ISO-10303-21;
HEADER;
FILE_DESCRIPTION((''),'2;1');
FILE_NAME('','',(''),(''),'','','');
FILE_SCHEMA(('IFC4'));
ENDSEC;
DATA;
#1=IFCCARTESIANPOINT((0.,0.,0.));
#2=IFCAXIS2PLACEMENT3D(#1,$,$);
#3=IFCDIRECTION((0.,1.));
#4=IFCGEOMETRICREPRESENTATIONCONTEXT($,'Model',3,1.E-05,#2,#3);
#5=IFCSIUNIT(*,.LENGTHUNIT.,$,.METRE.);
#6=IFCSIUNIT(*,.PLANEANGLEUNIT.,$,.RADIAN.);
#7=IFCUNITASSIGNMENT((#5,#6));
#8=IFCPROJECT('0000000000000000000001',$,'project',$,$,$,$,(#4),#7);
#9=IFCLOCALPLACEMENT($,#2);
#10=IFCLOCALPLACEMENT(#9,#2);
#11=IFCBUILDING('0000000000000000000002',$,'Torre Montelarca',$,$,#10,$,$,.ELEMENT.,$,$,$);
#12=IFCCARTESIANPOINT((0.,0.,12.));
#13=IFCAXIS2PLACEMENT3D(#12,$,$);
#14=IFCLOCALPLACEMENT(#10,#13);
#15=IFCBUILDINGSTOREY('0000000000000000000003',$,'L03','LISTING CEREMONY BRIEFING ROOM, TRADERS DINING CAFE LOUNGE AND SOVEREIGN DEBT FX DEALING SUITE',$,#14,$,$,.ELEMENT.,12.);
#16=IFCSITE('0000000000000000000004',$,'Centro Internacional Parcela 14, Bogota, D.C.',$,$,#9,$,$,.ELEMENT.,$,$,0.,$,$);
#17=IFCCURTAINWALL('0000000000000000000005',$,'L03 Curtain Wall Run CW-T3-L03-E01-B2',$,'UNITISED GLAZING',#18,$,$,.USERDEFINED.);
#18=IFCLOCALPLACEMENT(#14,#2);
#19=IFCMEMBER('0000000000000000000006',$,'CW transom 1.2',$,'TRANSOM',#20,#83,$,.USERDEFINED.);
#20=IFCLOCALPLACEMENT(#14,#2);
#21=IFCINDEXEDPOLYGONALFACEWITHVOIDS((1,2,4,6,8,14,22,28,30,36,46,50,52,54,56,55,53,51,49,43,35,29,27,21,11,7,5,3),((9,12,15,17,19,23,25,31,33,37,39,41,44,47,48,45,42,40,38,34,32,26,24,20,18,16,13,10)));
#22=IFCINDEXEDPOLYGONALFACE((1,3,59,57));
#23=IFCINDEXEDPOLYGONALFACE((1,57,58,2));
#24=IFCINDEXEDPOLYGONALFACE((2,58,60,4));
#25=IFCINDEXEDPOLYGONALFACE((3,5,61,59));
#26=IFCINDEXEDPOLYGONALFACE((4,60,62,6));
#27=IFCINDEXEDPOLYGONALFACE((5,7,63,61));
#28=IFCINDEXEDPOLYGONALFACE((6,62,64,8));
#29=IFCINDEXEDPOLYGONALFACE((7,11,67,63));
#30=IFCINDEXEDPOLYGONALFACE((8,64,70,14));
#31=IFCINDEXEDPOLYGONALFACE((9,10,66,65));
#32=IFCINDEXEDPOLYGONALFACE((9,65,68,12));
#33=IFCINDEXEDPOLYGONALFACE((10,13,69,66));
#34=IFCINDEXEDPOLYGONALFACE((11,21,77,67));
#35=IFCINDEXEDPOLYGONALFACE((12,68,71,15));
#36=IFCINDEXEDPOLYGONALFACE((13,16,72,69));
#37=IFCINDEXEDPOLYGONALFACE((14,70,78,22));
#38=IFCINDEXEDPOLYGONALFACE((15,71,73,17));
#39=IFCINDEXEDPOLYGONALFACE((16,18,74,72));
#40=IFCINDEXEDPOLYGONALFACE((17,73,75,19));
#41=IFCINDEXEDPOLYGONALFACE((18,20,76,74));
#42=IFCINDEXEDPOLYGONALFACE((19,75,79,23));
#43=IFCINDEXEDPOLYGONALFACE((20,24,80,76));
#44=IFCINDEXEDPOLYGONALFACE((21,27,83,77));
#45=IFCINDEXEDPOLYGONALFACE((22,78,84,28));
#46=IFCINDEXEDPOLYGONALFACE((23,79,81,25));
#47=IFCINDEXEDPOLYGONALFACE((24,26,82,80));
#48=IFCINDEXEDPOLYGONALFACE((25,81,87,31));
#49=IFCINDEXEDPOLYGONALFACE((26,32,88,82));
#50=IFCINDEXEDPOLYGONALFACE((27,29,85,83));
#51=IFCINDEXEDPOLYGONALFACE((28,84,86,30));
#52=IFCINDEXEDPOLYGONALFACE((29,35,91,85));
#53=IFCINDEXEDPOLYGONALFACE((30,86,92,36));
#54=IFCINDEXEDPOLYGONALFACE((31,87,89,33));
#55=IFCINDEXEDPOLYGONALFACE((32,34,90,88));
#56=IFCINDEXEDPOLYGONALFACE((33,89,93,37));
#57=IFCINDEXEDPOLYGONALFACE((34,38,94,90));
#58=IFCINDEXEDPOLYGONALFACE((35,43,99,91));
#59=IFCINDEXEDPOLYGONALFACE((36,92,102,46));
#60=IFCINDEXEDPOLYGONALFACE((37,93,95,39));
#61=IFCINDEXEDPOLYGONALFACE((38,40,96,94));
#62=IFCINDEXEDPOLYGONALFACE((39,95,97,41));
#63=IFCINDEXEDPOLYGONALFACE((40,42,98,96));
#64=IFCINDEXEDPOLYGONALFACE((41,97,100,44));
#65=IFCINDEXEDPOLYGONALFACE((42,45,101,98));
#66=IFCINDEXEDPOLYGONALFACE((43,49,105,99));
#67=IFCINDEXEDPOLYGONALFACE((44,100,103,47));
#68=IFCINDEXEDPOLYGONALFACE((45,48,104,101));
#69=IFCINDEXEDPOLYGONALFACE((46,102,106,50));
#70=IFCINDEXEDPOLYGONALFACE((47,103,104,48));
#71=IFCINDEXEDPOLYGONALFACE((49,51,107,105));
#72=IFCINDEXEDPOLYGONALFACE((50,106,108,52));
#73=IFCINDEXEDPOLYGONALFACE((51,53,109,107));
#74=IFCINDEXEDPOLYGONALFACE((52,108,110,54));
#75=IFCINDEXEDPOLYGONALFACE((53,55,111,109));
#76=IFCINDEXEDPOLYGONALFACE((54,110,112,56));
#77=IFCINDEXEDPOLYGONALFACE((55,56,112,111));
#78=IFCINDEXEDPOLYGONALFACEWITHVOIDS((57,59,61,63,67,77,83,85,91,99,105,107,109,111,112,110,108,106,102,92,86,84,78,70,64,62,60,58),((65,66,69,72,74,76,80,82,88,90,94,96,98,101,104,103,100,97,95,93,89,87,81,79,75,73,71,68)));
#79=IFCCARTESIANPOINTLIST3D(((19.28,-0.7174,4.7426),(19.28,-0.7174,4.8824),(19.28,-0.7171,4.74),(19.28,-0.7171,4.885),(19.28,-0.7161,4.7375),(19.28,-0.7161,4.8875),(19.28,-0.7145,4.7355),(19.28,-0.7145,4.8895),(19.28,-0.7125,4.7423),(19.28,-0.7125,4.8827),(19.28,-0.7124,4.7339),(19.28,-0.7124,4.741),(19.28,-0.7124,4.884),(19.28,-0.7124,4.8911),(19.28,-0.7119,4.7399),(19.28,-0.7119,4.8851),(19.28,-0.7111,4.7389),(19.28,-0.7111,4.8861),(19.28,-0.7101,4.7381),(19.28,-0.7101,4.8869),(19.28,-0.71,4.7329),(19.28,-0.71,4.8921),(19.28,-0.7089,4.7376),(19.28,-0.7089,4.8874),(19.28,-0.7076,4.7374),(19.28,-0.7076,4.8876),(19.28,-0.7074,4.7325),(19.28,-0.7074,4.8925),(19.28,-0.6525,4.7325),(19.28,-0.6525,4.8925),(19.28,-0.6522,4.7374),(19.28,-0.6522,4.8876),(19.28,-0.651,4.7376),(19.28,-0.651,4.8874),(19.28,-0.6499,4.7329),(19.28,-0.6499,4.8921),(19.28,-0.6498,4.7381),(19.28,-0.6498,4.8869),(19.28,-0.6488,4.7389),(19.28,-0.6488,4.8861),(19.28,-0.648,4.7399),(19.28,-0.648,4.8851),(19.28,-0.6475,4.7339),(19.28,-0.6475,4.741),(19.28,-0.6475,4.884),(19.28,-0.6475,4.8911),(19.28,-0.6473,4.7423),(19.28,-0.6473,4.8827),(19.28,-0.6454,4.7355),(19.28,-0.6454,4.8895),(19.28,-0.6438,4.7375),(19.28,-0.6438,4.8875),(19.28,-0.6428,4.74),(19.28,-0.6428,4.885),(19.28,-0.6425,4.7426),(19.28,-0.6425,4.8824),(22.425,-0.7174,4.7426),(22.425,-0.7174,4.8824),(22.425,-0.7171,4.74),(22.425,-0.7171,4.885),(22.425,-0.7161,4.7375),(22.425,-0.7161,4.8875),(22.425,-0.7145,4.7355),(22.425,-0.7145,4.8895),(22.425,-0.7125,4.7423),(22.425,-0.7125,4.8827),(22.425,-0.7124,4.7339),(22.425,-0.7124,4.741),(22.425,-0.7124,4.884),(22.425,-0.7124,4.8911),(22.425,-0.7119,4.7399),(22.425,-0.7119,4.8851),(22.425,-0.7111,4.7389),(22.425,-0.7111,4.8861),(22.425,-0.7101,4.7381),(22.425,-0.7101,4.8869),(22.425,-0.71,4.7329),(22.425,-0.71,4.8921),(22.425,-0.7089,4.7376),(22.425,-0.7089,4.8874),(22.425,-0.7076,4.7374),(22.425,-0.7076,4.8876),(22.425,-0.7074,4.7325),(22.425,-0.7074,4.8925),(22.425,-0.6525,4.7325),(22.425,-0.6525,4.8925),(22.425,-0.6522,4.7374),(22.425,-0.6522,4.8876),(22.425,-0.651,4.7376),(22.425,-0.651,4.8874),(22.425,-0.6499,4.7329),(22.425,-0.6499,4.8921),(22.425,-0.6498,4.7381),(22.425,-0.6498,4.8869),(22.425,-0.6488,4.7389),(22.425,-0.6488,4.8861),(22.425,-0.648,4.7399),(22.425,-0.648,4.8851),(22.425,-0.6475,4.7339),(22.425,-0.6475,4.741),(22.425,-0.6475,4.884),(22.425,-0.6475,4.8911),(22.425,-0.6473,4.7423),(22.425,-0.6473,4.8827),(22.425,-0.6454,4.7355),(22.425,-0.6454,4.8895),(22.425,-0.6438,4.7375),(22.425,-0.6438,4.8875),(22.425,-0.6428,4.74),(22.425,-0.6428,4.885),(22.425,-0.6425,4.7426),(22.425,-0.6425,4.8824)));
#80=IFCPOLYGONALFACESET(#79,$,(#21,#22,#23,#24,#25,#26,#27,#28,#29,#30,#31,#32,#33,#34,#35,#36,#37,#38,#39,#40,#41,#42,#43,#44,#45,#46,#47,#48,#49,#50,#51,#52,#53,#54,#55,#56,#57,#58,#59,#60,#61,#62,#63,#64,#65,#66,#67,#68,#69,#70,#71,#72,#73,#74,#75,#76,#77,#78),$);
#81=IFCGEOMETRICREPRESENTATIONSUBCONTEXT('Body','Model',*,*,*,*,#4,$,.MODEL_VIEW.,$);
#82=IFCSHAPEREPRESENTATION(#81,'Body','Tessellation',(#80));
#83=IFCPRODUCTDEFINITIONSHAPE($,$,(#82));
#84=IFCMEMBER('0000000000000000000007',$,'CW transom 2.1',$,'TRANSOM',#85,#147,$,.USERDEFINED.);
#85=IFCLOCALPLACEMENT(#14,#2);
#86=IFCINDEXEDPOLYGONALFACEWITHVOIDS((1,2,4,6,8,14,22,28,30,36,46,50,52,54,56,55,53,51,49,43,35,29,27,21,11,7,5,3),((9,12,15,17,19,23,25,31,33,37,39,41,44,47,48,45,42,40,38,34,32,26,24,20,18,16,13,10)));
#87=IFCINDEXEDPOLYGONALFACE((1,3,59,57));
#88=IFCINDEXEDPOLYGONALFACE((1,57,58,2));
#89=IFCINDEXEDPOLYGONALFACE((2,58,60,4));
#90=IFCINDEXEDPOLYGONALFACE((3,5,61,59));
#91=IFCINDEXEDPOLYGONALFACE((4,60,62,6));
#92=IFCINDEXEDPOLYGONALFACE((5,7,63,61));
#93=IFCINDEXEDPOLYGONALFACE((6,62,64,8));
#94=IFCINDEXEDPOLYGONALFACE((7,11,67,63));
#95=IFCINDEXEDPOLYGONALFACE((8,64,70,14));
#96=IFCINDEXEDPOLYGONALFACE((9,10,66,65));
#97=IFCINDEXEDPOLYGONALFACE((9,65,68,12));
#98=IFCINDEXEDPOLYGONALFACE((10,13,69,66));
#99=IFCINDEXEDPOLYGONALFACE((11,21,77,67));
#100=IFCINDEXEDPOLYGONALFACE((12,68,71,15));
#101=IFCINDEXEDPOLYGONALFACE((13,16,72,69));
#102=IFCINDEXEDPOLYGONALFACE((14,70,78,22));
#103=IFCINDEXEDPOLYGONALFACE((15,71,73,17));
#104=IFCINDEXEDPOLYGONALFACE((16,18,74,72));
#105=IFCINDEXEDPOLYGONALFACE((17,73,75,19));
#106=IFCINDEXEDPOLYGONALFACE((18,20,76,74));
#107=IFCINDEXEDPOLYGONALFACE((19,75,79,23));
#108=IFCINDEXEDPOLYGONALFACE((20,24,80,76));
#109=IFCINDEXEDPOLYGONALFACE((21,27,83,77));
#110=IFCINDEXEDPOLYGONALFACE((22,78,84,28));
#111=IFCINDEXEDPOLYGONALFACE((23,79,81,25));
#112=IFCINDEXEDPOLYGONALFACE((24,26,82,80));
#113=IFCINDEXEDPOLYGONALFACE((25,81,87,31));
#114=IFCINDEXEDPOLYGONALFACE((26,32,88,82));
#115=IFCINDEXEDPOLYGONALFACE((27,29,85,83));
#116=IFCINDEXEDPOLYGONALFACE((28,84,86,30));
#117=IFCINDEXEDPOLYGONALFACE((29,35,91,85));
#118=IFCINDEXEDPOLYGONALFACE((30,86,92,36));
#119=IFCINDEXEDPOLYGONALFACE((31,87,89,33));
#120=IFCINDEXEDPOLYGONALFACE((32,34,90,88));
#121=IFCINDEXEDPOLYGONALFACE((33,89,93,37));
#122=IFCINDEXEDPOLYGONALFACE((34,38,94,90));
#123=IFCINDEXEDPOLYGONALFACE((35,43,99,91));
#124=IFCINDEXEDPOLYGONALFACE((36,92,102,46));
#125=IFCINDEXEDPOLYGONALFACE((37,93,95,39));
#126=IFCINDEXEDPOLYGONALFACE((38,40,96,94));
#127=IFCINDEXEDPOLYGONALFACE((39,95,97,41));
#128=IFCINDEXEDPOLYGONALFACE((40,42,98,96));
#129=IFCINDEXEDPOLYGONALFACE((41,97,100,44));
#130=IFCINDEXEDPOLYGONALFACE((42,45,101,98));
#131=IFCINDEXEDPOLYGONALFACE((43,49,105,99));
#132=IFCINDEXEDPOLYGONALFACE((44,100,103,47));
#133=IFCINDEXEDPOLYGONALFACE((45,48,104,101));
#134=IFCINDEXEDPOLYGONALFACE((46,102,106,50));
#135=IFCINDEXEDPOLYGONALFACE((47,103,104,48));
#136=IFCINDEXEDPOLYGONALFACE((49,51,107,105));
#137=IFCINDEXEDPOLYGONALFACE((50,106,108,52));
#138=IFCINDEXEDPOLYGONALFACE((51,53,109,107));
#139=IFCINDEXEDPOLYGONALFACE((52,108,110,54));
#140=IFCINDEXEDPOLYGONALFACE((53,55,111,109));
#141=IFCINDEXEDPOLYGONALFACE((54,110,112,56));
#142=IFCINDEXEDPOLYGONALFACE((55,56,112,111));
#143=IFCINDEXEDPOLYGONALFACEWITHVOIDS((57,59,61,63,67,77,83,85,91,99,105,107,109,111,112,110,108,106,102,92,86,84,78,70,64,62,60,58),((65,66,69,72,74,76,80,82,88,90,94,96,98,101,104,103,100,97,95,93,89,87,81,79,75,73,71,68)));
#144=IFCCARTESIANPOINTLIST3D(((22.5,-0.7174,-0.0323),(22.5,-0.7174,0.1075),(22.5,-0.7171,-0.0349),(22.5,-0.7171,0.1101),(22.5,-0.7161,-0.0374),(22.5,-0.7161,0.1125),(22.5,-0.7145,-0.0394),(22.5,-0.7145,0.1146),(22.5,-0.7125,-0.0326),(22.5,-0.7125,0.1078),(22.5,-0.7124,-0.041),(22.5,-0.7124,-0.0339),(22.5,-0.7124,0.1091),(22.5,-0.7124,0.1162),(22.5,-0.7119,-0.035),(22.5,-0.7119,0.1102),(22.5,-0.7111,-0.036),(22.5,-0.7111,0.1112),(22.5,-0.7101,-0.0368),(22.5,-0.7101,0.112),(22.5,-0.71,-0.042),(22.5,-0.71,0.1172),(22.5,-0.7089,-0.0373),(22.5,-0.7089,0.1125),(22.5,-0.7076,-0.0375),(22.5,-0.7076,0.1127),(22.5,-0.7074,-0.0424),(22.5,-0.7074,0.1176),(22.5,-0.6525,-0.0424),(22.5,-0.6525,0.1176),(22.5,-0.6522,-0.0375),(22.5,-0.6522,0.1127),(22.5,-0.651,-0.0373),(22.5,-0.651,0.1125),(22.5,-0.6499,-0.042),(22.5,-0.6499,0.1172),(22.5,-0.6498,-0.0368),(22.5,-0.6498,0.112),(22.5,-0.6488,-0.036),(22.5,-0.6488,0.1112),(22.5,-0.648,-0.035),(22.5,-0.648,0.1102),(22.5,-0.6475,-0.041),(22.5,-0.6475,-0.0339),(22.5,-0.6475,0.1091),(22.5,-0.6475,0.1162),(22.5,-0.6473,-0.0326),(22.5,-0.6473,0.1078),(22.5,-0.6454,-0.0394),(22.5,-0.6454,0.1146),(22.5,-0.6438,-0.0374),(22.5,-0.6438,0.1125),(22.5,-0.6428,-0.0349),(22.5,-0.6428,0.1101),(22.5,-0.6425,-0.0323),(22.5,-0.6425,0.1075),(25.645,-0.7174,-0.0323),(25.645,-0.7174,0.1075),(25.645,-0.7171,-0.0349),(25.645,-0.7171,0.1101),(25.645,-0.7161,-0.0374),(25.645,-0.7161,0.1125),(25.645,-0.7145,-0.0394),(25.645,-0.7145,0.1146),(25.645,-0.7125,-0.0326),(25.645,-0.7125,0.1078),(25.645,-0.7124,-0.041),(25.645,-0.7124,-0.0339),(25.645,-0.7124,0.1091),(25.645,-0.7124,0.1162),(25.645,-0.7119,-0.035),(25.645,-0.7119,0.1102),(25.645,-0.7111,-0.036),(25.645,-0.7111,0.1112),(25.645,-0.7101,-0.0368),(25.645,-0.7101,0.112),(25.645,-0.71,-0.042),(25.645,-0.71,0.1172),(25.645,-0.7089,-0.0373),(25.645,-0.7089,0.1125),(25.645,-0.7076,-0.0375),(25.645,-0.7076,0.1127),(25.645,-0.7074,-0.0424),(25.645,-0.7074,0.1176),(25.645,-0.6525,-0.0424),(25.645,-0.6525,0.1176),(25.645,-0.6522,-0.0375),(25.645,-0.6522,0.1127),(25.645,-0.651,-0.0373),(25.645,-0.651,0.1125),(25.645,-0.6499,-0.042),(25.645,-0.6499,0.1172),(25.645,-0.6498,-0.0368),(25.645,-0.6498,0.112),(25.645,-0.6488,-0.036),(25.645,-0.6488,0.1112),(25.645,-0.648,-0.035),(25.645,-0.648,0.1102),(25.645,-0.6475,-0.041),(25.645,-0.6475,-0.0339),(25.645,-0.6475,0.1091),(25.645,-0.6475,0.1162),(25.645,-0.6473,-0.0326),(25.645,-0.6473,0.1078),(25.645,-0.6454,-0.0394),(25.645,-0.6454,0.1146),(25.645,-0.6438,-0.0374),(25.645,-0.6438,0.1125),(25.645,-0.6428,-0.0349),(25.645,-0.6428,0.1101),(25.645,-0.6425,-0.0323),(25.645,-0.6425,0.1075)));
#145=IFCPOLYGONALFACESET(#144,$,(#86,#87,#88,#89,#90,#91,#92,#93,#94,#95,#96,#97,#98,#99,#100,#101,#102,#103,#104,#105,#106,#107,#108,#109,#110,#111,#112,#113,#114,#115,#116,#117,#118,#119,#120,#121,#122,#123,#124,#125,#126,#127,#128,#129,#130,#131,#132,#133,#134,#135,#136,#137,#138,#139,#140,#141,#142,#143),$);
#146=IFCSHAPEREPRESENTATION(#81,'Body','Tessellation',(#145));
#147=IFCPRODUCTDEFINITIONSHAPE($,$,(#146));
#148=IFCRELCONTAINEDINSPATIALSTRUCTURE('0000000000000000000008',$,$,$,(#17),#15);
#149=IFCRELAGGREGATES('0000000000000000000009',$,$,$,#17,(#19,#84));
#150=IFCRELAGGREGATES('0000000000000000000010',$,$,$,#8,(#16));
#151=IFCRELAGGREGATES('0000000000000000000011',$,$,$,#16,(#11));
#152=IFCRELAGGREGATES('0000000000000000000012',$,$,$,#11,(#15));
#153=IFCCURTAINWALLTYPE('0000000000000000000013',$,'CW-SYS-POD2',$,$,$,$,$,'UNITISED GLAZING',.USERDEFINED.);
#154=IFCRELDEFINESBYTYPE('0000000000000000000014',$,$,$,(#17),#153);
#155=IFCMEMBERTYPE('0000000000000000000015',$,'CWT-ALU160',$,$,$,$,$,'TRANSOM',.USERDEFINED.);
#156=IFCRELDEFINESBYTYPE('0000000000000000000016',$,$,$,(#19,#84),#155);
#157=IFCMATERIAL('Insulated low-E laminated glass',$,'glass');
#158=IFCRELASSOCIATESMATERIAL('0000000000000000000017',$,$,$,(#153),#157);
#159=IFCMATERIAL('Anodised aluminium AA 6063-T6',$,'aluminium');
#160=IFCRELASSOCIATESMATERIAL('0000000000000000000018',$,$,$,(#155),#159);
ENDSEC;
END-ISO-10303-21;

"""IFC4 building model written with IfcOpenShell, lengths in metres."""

from ifc_helpers import new_model, si_unit, direction, frame, origin, origin_2d, place, context, subcontext, project, spatial, hollow_rectangle, extrude, source, transform, mapped, material, material_profile, profile_set, type_object, element, aggregate, save


model = new_model("IFC4")

# Units and contexts
model_context = context("Model", 3, precision=1e-05, world=origin(), true_north=direction((0.0, 1.0)))
body_context = subcontext(model_context, "Body", "Model", "MODEL_VIEW")
ifc_project = project(units=[si_unit("LENGTHUNIT", "METRE"), si_unit("PLANEANGLEUNIT", "RADIAN")], contexts=[model_context])

# Site, building, storey
site_placement = place(None, origin())
site = spatial("IfcSite", under=ifc_project, at=site_placement, Name="Centro Internacional Parcela 14, Bogota, D.C.", CompositionType="ELEMENT", RefElevation=0.0)
building_placement = place(site_placement, origin())
building = spatial("IfcBuilding", under=site, at=building_placement, Name="Torre Montelarca", CompositionType="ELEMENT")
storey_placement = place(building_placement, frame((0.0, 0.0, 12.0)))
storey = spatial("IfcBuildingStorey", under=building, at=storey_placement, Name="L03", Description="LISTING CEREMONY BRIEFING ROOM, TRADERS DINING CAFE LOUNGE AND SOVEREIGN DEBT FX DEALING SUITE", CompositionType="ELEMENT", Elevation=12.0)

# Curtain wall, members
ifc_material_1 = material(Name="Insulated low-E laminated glass", Category="glass")
curtain_wall_type = type_object("IfcCurtainWallType", Name="CW-SYS-POD2", ElementType="UNITISED GLAZING", PredefinedType="USERDEFINED", material=ifc_material_1)
ifc_material_2 = material(Name="Anodised aluminium AA 6063-T6", Category="aluminium")
ifc_material_profile_1 = material_profile(ifc_material_2, hollow_rectangle(XDim=0.075, YDim=0.1599, WallThickness=0.0049, InnerFilletRadius=0.0049, OuterFilletRadius=0.01, at=origin_2d()), Name="ALU75X160X5", Category="aluminium")
ifc_profile_set_1 = profile_set([ifc_material_profile_1], Name="Anodised aluminium AA 6063-T6")
member_type_1 = type_object("IfcMemberType", Name="CWT-ALU160", ElementType="TRANSOM", PredefinedType="USERDEFINED", material=ifc_profile_set_1)
curtain_wall_1_placement = place(storey_placement, origin())
curtain_wall_1 = element("IfcCurtainWall", 1, at=curtain_wall_1_placement, inside=storey, type_object=curtain_wall_type, Name="L03 Curtain Wall Run CW-T3-L03-E01-B2", ObjectType="UNITISED GLAZING", PredefinedType="USERDEFINED")
shared_shape_1 = source(origin(), body_context, "Body", "SweptSolid", [
    extrude(hollow_rectangle(XDim=0.075, YDim=0.1599, WallThickness=0.0049, InnerFilletRadius=0.0049, OuterFilletRadius=0.01, at=origin_2d()), origin(), (0.0, 0.0, 1.0), 3.145),
])
member_1_placement = place(storey_placement, frame((19.28, -0.6799, 4.8125), z_axis=(1.0, 0.0, 0.0), x_axis=(0.0, 1.0, 0.0)))
member_1 = element("IfcMember", 2, at=member_1_placement, type_object=member_type_1, Name="CW transom 1.2", ObjectType="TRANSOM", PredefinedType="USERDEFINED", context=body_context, shape_type="MappedRepresentation", body=[
    mapped(shared_shape_1, transform((0.0, 0.0, 0.0), scale=1.0)),
])
member_2_placement = place(storey_placement, frame((22.5, -0.6799, 0.0376), z_axis=(1.0, 0.0, 0.0), x_axis=(0.0, 1.0, 0.0)))
member_2 = element("IfcMember", 3, at=member_2_placement, type_object=member_type_1, Name="CW transom 2.1", ObjectType="TRANSOM", PredefinedType="USERDEFINED", context=body_context, shape_type="MappedRepresentation", body=[
    mapped(shared_shape_1, transform((0.0, 0.0, 0.0), scale=1.0)),
])

aggregate(curtain_wall_1, [member_1, member_2])

save(model, "model.ifc")
